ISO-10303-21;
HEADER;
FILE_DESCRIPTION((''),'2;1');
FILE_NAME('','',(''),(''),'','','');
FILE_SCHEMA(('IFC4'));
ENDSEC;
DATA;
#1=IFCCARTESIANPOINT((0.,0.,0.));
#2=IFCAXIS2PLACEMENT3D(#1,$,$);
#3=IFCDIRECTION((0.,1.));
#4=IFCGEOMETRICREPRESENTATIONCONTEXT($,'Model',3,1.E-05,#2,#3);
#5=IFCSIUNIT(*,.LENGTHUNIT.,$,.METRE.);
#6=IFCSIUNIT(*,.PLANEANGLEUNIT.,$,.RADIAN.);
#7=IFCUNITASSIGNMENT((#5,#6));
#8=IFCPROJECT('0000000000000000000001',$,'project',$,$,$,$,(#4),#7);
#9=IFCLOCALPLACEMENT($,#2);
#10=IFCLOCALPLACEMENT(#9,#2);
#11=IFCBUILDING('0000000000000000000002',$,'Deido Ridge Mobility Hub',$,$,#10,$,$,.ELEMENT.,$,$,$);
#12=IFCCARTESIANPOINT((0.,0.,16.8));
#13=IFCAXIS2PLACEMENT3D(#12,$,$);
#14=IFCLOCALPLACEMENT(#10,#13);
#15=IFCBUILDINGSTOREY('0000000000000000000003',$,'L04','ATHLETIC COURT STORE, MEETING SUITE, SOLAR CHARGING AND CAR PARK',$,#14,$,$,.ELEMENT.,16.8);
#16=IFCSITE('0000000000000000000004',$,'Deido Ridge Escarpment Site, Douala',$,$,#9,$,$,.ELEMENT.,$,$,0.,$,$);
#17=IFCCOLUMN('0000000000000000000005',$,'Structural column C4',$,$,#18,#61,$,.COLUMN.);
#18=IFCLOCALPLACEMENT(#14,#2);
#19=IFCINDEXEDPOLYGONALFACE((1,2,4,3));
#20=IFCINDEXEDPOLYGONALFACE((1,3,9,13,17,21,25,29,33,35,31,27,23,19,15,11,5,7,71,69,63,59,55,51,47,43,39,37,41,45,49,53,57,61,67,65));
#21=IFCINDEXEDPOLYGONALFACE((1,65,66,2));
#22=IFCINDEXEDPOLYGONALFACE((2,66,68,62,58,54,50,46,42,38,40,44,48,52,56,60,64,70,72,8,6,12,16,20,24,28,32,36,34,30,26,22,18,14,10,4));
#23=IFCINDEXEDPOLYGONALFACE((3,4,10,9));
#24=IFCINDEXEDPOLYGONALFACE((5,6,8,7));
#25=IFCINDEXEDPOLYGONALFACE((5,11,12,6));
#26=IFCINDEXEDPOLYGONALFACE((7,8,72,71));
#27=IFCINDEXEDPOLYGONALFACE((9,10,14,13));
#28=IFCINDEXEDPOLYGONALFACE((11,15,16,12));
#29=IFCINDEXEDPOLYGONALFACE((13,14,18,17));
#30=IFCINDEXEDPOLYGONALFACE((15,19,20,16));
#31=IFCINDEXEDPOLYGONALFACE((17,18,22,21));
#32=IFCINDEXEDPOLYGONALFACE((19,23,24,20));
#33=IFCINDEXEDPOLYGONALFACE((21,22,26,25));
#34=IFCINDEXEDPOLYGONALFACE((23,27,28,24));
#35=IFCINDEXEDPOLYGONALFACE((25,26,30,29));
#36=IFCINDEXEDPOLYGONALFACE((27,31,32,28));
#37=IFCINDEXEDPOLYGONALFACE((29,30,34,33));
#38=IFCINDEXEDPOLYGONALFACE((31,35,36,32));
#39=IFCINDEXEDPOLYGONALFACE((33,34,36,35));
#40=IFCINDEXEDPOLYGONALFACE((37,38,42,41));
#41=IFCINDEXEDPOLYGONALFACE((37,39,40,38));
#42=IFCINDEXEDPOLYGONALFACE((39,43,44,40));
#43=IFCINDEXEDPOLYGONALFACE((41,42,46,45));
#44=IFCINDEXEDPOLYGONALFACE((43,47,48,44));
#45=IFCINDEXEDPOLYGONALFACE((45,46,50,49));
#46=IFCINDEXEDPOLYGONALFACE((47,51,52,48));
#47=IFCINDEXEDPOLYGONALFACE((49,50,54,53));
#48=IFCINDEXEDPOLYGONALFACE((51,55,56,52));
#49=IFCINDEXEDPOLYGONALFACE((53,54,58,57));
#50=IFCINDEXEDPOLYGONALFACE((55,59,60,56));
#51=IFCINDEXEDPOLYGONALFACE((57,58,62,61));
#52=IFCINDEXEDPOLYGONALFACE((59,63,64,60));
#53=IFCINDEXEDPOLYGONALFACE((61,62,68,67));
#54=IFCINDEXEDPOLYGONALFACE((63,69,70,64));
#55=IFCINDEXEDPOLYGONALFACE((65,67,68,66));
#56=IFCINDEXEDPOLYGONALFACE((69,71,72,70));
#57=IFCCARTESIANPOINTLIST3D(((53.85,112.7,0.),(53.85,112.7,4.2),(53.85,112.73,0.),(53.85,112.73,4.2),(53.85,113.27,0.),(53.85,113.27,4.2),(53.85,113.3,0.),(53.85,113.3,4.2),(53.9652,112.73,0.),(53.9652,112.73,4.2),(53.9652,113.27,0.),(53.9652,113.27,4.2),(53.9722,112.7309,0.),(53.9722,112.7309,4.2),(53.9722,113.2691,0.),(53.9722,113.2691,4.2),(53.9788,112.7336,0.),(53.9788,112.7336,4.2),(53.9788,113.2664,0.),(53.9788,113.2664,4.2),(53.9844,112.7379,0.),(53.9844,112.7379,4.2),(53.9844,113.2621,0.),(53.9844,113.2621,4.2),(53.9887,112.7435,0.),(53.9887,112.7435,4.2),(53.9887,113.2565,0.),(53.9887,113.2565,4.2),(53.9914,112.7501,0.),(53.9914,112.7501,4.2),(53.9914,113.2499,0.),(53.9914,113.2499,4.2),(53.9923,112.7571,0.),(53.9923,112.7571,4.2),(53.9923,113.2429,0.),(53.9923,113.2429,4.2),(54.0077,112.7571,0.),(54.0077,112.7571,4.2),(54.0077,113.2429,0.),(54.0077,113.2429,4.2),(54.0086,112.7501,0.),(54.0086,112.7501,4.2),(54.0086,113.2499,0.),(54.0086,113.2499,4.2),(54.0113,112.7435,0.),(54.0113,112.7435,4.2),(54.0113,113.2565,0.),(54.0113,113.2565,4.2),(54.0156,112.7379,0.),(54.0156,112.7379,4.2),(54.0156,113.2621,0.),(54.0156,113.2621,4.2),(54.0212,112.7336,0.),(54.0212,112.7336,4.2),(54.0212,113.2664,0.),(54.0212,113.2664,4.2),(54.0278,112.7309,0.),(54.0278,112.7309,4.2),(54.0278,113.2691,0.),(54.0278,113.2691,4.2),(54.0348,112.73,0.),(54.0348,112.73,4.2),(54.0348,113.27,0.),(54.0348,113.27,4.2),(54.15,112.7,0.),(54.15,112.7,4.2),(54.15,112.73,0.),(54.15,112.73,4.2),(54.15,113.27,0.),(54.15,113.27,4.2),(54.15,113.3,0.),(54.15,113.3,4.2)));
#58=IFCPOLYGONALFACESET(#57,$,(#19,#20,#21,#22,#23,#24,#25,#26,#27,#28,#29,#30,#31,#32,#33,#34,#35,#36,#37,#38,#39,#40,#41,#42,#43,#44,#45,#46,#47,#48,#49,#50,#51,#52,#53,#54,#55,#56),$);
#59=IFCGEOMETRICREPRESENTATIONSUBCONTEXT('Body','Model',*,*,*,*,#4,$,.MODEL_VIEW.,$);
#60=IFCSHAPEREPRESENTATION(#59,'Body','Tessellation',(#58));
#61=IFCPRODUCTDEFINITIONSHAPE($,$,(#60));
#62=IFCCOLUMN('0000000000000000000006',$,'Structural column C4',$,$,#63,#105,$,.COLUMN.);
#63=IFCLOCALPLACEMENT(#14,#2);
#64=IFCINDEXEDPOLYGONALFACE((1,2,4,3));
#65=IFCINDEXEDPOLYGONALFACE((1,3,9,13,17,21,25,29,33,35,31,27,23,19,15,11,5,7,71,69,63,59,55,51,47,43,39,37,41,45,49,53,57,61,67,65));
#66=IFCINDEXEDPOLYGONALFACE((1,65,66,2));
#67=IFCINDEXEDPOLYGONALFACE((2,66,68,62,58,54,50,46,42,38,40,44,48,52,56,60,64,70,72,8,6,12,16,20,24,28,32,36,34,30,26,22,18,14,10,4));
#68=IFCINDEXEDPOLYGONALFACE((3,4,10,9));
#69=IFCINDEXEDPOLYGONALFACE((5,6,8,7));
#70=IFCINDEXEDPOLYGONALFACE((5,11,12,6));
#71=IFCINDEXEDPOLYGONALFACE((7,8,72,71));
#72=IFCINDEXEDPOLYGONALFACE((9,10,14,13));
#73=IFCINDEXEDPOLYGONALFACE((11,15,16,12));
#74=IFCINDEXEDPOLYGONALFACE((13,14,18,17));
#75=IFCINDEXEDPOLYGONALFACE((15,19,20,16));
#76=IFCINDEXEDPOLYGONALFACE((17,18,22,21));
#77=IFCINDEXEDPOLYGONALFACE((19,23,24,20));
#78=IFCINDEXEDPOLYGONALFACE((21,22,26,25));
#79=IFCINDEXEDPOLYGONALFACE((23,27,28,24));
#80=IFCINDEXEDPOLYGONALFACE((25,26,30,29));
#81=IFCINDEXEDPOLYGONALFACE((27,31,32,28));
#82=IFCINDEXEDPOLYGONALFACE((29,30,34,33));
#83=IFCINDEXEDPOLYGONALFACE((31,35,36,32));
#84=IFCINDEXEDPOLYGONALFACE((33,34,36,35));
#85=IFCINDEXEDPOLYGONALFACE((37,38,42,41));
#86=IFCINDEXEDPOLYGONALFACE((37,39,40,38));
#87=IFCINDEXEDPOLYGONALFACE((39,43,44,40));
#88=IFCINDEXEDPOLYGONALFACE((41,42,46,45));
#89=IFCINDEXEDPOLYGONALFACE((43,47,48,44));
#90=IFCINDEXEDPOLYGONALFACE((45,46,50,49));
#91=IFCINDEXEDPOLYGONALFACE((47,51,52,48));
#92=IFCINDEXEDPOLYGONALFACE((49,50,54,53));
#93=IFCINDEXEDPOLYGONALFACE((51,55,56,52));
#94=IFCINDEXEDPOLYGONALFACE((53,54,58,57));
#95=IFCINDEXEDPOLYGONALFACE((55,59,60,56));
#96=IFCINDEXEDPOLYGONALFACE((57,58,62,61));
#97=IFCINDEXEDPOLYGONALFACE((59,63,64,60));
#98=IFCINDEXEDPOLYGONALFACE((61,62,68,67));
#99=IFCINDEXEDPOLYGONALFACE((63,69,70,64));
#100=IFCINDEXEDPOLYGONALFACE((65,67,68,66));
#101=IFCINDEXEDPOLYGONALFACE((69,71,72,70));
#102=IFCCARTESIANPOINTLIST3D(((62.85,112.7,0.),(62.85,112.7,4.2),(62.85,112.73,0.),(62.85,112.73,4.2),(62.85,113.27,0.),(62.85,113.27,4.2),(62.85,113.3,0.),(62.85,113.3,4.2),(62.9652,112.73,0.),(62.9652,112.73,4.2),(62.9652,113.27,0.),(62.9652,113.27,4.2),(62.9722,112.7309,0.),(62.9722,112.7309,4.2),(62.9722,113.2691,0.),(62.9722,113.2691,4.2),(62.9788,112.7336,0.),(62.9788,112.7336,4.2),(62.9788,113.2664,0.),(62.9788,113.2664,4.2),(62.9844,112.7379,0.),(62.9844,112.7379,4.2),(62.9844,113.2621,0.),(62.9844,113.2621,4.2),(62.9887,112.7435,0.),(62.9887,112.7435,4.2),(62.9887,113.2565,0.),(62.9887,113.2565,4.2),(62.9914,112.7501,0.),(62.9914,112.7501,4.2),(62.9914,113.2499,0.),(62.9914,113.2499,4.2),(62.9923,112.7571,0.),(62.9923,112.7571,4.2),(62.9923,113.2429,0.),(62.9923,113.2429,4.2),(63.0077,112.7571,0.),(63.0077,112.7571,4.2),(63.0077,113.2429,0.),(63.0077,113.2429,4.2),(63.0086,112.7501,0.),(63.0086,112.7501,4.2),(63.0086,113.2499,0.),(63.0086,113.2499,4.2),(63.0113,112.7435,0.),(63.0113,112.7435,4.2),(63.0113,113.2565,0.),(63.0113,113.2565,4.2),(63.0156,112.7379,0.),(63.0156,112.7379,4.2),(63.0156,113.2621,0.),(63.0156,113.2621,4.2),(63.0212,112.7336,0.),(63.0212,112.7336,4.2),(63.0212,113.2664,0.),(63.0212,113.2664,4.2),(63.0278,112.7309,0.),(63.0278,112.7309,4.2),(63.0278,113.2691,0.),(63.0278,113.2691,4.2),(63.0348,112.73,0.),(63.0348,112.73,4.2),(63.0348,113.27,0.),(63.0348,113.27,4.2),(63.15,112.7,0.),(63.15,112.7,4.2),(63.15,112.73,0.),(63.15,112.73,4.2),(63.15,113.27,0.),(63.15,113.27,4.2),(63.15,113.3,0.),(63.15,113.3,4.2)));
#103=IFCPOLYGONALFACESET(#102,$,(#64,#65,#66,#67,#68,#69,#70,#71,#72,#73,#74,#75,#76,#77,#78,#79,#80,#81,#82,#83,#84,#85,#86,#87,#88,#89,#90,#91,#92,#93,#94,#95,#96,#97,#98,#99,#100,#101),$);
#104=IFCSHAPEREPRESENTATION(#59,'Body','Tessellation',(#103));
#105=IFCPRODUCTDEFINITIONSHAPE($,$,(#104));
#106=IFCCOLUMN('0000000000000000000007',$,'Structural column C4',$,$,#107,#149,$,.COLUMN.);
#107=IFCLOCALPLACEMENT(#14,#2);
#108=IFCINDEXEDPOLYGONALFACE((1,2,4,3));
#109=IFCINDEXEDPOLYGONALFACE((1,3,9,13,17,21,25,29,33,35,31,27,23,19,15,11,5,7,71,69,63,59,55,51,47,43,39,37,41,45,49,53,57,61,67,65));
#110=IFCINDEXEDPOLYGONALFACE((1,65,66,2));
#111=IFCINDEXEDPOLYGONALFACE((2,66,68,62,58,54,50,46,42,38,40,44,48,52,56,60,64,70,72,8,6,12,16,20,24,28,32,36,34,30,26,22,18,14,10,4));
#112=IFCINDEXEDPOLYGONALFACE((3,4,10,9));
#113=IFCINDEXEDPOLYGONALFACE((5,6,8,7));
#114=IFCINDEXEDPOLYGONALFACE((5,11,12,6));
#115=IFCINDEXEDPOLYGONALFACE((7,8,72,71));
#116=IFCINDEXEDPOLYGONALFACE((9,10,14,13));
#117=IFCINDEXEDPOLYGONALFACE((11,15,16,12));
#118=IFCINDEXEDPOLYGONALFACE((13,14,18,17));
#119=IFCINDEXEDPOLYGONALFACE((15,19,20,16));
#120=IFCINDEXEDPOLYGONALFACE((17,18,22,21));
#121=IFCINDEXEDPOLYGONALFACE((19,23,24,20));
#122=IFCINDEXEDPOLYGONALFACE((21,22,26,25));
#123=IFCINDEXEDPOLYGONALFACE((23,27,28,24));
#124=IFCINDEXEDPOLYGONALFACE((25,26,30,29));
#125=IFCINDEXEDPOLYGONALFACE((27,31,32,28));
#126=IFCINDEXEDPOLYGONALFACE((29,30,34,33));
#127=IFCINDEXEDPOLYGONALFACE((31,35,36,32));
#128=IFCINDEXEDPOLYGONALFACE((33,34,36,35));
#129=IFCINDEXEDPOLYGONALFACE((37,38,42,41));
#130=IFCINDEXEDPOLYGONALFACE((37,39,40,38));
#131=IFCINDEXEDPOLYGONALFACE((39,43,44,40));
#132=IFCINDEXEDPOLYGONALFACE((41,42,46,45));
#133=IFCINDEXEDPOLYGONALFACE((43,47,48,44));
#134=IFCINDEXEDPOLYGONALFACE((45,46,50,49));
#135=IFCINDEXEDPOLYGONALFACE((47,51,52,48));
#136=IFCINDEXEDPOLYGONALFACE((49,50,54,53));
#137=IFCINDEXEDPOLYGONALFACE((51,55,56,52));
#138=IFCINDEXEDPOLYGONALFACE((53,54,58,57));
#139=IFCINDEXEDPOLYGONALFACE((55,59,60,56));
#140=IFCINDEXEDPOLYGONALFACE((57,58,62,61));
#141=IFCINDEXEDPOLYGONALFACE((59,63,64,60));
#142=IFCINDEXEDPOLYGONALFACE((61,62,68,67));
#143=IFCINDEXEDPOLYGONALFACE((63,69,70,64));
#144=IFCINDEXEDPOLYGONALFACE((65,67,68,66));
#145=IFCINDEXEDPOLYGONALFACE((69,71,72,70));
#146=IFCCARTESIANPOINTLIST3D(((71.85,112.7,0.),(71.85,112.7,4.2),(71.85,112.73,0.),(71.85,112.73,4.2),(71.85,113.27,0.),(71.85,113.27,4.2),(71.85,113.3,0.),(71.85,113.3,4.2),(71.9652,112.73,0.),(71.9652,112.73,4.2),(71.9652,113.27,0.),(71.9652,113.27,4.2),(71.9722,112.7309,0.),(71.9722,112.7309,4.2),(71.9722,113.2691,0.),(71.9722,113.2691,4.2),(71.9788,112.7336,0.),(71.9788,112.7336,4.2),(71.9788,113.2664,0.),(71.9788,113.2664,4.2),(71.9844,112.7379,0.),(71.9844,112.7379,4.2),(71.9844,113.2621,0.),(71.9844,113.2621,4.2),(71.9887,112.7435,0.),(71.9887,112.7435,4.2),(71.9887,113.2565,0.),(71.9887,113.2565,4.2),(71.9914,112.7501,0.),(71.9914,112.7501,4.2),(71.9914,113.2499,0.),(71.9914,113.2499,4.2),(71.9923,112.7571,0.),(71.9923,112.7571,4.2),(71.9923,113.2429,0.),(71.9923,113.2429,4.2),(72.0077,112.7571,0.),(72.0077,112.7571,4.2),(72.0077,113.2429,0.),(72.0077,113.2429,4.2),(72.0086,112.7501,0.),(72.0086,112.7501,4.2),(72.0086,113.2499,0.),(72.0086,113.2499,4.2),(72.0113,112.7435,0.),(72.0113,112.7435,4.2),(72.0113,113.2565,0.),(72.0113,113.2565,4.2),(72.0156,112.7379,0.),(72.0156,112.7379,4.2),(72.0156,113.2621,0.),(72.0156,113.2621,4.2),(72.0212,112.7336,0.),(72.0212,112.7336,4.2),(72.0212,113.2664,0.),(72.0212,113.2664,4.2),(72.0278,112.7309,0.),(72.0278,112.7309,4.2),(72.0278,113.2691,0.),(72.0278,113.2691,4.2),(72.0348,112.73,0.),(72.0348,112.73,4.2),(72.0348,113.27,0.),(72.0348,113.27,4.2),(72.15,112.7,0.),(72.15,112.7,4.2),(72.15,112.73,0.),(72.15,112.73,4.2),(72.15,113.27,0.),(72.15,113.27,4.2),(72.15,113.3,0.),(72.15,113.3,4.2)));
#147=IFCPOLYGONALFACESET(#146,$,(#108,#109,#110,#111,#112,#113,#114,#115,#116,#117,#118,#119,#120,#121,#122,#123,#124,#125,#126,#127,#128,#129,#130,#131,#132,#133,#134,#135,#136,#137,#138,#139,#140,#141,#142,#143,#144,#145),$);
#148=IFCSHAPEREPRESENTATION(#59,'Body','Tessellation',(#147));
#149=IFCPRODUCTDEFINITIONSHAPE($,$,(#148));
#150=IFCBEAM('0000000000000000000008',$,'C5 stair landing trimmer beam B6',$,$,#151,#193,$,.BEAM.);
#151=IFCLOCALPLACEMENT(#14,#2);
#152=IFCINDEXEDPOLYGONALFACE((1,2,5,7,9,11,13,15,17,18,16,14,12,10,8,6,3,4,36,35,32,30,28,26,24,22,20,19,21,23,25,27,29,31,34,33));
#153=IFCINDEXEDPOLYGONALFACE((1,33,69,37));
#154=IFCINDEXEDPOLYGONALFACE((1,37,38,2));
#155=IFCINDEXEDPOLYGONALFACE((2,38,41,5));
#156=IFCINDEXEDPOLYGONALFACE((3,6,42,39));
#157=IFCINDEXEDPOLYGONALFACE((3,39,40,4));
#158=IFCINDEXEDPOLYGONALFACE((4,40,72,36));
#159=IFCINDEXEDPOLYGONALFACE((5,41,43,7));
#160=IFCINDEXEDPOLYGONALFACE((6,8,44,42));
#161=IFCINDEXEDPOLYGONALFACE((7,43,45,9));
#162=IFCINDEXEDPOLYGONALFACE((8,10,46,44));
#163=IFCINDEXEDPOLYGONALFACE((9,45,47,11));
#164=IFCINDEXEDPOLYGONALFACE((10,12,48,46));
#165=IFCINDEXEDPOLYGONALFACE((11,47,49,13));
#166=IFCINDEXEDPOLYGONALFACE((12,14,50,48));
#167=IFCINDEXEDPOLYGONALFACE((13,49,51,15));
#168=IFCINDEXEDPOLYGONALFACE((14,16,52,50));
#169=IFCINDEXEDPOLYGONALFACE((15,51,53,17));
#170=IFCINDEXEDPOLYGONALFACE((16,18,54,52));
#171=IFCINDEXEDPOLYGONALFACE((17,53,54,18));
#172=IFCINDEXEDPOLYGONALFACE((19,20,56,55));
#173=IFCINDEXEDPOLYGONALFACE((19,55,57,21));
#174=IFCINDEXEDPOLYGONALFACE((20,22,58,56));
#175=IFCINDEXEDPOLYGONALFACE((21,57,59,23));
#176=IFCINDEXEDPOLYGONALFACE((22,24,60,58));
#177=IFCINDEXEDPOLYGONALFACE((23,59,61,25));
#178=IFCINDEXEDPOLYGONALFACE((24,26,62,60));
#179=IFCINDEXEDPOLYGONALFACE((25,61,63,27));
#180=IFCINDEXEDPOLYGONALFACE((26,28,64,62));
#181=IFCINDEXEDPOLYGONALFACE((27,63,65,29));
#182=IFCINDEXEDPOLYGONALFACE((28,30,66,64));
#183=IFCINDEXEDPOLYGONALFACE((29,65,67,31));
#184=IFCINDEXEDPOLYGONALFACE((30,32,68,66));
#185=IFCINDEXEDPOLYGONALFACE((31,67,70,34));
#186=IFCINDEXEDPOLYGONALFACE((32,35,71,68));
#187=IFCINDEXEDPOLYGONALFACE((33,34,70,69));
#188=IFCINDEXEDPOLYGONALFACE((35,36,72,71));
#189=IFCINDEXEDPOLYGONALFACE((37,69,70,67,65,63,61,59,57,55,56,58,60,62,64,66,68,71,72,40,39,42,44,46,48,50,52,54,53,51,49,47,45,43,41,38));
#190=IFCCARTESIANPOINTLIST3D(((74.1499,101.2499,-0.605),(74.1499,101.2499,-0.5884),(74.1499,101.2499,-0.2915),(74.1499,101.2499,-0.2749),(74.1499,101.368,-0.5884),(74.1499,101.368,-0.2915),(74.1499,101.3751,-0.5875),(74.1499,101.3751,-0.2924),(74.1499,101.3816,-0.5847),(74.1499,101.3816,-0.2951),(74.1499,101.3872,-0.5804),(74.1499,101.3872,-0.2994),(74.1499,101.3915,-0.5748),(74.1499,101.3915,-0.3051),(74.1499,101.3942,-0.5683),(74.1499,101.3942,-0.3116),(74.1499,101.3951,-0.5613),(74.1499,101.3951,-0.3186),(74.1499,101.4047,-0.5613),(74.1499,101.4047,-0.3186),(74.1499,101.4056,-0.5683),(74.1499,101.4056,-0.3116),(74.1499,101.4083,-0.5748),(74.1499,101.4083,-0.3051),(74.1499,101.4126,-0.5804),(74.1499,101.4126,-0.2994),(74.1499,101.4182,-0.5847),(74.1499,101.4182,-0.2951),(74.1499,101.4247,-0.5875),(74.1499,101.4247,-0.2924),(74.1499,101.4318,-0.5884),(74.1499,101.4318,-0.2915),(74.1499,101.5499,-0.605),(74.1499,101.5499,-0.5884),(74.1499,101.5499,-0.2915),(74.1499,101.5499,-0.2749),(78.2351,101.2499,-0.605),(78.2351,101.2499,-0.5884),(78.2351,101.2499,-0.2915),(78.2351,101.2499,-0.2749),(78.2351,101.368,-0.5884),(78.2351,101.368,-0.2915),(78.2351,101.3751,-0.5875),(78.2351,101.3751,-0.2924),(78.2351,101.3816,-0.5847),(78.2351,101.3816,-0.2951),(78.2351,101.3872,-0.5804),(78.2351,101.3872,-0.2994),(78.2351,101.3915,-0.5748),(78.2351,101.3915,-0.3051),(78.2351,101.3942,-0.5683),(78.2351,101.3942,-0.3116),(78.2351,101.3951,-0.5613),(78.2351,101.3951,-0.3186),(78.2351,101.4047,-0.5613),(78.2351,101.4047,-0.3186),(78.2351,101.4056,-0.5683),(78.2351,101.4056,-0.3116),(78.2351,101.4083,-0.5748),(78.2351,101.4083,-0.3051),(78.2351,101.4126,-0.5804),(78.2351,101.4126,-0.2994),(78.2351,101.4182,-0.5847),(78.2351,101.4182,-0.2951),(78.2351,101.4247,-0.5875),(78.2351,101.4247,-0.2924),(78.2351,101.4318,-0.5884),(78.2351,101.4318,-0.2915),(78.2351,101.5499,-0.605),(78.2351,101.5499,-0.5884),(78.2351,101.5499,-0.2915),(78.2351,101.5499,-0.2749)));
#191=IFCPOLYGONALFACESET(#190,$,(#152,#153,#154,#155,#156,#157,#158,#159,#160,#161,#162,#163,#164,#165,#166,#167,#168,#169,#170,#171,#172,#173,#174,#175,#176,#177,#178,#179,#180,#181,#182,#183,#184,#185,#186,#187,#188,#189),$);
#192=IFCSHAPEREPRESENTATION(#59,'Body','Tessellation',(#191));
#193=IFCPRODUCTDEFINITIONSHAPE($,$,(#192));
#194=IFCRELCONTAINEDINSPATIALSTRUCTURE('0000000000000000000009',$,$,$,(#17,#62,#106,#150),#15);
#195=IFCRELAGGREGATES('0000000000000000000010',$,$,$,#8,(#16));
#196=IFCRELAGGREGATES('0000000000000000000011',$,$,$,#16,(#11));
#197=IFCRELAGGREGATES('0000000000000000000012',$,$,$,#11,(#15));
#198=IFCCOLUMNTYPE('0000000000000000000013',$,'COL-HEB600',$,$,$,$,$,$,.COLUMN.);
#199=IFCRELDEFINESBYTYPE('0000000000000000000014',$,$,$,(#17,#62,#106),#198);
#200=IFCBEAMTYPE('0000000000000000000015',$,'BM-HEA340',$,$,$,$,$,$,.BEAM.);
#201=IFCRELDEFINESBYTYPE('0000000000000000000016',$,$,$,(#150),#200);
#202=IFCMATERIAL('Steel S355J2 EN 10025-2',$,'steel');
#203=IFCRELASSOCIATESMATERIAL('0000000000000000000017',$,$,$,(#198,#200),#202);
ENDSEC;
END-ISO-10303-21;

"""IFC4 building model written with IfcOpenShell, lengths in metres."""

from ifc_helpers import new_model, si_unit, direction, frame, origin, origin_2d, place, context, subcontext, project, spatial, i_section, extrude, material, material_profile, profile_set, type_object, element, save


model = new_model("IFC4")

# Units and contexts
model_context = context("Model", 3, precision=1e-05, world=origin(), true_north=direction((0.0, 1.0)))
body_context = subcontext(model_context, "Body", "Model", "MODEL_VIEW")
ifc_project = project(units=[si_unit("LENGTHUNIT", "METRE"), si_unit("PLANEANGLEUNIT", "RADIAN")], contexts=[model_context])

# Site, building, storey
site_placement = place(None, origin())
site = spatial("IfcSite", under=ifc_project, at=site_placement, Name="Deido Ridge Escarpment Site, Douala", CompositionType="ELEMENT", RefElevation=0.0)
building_placement = place(site_placement, origin())
building = spatial("IfcBuilding", under=site, at=building_placement, Name="Deido Ridge Mobility Hub", CompositionType="ELEMENT")
storey_placement = place(building_placement, frame((0.0, 0.0, 16.8)))
storey = spatial("IfcBuildingStorey", under=building, at=storey_placement, Name="L04", Description="ATHLETIC COURT STORE, MEETING SUITE, SOLAR CHARGING AND CAR PARK", CompositionType="ELEMENT", Elevation=16.8)

# Columns
ifc_material_1 = material(Name="Steel S355J2 EN 10025-2", Category="steel")
ifc_material_profile_1 = material_profile(ifc_material_1, i_section(OverallWidth=0.3, OverallDepth=0.6001, WebThickness=0.0154, FlangeThickness=0.03, FilletRadius=0.0271, at=origin_2d()), Name="HEB 600")
ifc_profile_set_1 = profile_set([ifc_material_profile_1], Name="Steel S355J2 EN 10025-2")
column_type = type_object("IfcColumnType", Name="COL-HEB600", PredefinedType="COLUMN", material=ifc_profile_set_1)
for number, where, z_axis, x_axis, name in (
    (1, (54.0, 113.0, 0.0), (0.0, 0.0, 1.0), (1.0, 0.0, 0.0), "Structural column C4"),
    (2, (63.0, 113.0, 0.0), (0.0, 0.0, 1.0), (1.0, 0.0, 0.0), "Structural column C4"),
    (3, (72.0, 113.0, 0.0), (0.0, 0.0, 1.0), (1.0, 0.0, 0.0), "Structural column C4"),
):
    element("IfcColumn", number, at=place(storey_placement, frame(where, z_axis=z_axis, x_axis=x_axis)), inside=storey, type_object=column_type, Name=name, PredefinedType="COLUMN", context=body_context, shape_type="SweptSolid", body=[
        extrude(i_section(OverallWidth=0.3, OverallDepth=0.6001, WebThickness=0.0154, FlangeThickness=0.03, FilletRadius=0.0271, at=origin_2d()), origin(), (0.0, 0.0, 1.0), 4.2),
    ])

# Beam
ifc_material_profile_2 = material_profile(ifc_material_1, i_section(OverallWidth=0.3, OverallDepth=0.3301, WebThickness=0.0095, FlangeThickness=0.0166, FilletRadius=0.0271, at=origin_2d()), Name="HEA 340")
ifc_profile_set_2 = profile_set([ifc_material_profile_2], Name="Steel S355J2 EN 10025-2")
beam_type_1 = type_object("IfcBeamType", Name="BM-HEA340", PredefinedType="BEAM", material=ifc_profile_set_2)
beam_placement = place(storey_placement, frame((74.1499, 101.3999, -0.4399), z_axis=(1.0, 0.0, 0.0), x_axis=(0.0, 1.0, 0.0)))
element("IfcBeam", 4, at=beam_placement, inside=storey, type_object=beam_type_1, Name="C5 stair landing trimmer beam B6", PredefinedType="BEAM", context=body_context, shape_type="SweptSolid", body=[
    extrude(i_section(OverallWidth=0.3, OverallDepth=0.3301, WebThickness=0.0095, FlangeThickness=0.0166, FilletRadius=0.0271, at=origin_2d()), origin(), (0.0, 0.0, 1.0), 4.0852),
])

save(model, "model.ifc")
